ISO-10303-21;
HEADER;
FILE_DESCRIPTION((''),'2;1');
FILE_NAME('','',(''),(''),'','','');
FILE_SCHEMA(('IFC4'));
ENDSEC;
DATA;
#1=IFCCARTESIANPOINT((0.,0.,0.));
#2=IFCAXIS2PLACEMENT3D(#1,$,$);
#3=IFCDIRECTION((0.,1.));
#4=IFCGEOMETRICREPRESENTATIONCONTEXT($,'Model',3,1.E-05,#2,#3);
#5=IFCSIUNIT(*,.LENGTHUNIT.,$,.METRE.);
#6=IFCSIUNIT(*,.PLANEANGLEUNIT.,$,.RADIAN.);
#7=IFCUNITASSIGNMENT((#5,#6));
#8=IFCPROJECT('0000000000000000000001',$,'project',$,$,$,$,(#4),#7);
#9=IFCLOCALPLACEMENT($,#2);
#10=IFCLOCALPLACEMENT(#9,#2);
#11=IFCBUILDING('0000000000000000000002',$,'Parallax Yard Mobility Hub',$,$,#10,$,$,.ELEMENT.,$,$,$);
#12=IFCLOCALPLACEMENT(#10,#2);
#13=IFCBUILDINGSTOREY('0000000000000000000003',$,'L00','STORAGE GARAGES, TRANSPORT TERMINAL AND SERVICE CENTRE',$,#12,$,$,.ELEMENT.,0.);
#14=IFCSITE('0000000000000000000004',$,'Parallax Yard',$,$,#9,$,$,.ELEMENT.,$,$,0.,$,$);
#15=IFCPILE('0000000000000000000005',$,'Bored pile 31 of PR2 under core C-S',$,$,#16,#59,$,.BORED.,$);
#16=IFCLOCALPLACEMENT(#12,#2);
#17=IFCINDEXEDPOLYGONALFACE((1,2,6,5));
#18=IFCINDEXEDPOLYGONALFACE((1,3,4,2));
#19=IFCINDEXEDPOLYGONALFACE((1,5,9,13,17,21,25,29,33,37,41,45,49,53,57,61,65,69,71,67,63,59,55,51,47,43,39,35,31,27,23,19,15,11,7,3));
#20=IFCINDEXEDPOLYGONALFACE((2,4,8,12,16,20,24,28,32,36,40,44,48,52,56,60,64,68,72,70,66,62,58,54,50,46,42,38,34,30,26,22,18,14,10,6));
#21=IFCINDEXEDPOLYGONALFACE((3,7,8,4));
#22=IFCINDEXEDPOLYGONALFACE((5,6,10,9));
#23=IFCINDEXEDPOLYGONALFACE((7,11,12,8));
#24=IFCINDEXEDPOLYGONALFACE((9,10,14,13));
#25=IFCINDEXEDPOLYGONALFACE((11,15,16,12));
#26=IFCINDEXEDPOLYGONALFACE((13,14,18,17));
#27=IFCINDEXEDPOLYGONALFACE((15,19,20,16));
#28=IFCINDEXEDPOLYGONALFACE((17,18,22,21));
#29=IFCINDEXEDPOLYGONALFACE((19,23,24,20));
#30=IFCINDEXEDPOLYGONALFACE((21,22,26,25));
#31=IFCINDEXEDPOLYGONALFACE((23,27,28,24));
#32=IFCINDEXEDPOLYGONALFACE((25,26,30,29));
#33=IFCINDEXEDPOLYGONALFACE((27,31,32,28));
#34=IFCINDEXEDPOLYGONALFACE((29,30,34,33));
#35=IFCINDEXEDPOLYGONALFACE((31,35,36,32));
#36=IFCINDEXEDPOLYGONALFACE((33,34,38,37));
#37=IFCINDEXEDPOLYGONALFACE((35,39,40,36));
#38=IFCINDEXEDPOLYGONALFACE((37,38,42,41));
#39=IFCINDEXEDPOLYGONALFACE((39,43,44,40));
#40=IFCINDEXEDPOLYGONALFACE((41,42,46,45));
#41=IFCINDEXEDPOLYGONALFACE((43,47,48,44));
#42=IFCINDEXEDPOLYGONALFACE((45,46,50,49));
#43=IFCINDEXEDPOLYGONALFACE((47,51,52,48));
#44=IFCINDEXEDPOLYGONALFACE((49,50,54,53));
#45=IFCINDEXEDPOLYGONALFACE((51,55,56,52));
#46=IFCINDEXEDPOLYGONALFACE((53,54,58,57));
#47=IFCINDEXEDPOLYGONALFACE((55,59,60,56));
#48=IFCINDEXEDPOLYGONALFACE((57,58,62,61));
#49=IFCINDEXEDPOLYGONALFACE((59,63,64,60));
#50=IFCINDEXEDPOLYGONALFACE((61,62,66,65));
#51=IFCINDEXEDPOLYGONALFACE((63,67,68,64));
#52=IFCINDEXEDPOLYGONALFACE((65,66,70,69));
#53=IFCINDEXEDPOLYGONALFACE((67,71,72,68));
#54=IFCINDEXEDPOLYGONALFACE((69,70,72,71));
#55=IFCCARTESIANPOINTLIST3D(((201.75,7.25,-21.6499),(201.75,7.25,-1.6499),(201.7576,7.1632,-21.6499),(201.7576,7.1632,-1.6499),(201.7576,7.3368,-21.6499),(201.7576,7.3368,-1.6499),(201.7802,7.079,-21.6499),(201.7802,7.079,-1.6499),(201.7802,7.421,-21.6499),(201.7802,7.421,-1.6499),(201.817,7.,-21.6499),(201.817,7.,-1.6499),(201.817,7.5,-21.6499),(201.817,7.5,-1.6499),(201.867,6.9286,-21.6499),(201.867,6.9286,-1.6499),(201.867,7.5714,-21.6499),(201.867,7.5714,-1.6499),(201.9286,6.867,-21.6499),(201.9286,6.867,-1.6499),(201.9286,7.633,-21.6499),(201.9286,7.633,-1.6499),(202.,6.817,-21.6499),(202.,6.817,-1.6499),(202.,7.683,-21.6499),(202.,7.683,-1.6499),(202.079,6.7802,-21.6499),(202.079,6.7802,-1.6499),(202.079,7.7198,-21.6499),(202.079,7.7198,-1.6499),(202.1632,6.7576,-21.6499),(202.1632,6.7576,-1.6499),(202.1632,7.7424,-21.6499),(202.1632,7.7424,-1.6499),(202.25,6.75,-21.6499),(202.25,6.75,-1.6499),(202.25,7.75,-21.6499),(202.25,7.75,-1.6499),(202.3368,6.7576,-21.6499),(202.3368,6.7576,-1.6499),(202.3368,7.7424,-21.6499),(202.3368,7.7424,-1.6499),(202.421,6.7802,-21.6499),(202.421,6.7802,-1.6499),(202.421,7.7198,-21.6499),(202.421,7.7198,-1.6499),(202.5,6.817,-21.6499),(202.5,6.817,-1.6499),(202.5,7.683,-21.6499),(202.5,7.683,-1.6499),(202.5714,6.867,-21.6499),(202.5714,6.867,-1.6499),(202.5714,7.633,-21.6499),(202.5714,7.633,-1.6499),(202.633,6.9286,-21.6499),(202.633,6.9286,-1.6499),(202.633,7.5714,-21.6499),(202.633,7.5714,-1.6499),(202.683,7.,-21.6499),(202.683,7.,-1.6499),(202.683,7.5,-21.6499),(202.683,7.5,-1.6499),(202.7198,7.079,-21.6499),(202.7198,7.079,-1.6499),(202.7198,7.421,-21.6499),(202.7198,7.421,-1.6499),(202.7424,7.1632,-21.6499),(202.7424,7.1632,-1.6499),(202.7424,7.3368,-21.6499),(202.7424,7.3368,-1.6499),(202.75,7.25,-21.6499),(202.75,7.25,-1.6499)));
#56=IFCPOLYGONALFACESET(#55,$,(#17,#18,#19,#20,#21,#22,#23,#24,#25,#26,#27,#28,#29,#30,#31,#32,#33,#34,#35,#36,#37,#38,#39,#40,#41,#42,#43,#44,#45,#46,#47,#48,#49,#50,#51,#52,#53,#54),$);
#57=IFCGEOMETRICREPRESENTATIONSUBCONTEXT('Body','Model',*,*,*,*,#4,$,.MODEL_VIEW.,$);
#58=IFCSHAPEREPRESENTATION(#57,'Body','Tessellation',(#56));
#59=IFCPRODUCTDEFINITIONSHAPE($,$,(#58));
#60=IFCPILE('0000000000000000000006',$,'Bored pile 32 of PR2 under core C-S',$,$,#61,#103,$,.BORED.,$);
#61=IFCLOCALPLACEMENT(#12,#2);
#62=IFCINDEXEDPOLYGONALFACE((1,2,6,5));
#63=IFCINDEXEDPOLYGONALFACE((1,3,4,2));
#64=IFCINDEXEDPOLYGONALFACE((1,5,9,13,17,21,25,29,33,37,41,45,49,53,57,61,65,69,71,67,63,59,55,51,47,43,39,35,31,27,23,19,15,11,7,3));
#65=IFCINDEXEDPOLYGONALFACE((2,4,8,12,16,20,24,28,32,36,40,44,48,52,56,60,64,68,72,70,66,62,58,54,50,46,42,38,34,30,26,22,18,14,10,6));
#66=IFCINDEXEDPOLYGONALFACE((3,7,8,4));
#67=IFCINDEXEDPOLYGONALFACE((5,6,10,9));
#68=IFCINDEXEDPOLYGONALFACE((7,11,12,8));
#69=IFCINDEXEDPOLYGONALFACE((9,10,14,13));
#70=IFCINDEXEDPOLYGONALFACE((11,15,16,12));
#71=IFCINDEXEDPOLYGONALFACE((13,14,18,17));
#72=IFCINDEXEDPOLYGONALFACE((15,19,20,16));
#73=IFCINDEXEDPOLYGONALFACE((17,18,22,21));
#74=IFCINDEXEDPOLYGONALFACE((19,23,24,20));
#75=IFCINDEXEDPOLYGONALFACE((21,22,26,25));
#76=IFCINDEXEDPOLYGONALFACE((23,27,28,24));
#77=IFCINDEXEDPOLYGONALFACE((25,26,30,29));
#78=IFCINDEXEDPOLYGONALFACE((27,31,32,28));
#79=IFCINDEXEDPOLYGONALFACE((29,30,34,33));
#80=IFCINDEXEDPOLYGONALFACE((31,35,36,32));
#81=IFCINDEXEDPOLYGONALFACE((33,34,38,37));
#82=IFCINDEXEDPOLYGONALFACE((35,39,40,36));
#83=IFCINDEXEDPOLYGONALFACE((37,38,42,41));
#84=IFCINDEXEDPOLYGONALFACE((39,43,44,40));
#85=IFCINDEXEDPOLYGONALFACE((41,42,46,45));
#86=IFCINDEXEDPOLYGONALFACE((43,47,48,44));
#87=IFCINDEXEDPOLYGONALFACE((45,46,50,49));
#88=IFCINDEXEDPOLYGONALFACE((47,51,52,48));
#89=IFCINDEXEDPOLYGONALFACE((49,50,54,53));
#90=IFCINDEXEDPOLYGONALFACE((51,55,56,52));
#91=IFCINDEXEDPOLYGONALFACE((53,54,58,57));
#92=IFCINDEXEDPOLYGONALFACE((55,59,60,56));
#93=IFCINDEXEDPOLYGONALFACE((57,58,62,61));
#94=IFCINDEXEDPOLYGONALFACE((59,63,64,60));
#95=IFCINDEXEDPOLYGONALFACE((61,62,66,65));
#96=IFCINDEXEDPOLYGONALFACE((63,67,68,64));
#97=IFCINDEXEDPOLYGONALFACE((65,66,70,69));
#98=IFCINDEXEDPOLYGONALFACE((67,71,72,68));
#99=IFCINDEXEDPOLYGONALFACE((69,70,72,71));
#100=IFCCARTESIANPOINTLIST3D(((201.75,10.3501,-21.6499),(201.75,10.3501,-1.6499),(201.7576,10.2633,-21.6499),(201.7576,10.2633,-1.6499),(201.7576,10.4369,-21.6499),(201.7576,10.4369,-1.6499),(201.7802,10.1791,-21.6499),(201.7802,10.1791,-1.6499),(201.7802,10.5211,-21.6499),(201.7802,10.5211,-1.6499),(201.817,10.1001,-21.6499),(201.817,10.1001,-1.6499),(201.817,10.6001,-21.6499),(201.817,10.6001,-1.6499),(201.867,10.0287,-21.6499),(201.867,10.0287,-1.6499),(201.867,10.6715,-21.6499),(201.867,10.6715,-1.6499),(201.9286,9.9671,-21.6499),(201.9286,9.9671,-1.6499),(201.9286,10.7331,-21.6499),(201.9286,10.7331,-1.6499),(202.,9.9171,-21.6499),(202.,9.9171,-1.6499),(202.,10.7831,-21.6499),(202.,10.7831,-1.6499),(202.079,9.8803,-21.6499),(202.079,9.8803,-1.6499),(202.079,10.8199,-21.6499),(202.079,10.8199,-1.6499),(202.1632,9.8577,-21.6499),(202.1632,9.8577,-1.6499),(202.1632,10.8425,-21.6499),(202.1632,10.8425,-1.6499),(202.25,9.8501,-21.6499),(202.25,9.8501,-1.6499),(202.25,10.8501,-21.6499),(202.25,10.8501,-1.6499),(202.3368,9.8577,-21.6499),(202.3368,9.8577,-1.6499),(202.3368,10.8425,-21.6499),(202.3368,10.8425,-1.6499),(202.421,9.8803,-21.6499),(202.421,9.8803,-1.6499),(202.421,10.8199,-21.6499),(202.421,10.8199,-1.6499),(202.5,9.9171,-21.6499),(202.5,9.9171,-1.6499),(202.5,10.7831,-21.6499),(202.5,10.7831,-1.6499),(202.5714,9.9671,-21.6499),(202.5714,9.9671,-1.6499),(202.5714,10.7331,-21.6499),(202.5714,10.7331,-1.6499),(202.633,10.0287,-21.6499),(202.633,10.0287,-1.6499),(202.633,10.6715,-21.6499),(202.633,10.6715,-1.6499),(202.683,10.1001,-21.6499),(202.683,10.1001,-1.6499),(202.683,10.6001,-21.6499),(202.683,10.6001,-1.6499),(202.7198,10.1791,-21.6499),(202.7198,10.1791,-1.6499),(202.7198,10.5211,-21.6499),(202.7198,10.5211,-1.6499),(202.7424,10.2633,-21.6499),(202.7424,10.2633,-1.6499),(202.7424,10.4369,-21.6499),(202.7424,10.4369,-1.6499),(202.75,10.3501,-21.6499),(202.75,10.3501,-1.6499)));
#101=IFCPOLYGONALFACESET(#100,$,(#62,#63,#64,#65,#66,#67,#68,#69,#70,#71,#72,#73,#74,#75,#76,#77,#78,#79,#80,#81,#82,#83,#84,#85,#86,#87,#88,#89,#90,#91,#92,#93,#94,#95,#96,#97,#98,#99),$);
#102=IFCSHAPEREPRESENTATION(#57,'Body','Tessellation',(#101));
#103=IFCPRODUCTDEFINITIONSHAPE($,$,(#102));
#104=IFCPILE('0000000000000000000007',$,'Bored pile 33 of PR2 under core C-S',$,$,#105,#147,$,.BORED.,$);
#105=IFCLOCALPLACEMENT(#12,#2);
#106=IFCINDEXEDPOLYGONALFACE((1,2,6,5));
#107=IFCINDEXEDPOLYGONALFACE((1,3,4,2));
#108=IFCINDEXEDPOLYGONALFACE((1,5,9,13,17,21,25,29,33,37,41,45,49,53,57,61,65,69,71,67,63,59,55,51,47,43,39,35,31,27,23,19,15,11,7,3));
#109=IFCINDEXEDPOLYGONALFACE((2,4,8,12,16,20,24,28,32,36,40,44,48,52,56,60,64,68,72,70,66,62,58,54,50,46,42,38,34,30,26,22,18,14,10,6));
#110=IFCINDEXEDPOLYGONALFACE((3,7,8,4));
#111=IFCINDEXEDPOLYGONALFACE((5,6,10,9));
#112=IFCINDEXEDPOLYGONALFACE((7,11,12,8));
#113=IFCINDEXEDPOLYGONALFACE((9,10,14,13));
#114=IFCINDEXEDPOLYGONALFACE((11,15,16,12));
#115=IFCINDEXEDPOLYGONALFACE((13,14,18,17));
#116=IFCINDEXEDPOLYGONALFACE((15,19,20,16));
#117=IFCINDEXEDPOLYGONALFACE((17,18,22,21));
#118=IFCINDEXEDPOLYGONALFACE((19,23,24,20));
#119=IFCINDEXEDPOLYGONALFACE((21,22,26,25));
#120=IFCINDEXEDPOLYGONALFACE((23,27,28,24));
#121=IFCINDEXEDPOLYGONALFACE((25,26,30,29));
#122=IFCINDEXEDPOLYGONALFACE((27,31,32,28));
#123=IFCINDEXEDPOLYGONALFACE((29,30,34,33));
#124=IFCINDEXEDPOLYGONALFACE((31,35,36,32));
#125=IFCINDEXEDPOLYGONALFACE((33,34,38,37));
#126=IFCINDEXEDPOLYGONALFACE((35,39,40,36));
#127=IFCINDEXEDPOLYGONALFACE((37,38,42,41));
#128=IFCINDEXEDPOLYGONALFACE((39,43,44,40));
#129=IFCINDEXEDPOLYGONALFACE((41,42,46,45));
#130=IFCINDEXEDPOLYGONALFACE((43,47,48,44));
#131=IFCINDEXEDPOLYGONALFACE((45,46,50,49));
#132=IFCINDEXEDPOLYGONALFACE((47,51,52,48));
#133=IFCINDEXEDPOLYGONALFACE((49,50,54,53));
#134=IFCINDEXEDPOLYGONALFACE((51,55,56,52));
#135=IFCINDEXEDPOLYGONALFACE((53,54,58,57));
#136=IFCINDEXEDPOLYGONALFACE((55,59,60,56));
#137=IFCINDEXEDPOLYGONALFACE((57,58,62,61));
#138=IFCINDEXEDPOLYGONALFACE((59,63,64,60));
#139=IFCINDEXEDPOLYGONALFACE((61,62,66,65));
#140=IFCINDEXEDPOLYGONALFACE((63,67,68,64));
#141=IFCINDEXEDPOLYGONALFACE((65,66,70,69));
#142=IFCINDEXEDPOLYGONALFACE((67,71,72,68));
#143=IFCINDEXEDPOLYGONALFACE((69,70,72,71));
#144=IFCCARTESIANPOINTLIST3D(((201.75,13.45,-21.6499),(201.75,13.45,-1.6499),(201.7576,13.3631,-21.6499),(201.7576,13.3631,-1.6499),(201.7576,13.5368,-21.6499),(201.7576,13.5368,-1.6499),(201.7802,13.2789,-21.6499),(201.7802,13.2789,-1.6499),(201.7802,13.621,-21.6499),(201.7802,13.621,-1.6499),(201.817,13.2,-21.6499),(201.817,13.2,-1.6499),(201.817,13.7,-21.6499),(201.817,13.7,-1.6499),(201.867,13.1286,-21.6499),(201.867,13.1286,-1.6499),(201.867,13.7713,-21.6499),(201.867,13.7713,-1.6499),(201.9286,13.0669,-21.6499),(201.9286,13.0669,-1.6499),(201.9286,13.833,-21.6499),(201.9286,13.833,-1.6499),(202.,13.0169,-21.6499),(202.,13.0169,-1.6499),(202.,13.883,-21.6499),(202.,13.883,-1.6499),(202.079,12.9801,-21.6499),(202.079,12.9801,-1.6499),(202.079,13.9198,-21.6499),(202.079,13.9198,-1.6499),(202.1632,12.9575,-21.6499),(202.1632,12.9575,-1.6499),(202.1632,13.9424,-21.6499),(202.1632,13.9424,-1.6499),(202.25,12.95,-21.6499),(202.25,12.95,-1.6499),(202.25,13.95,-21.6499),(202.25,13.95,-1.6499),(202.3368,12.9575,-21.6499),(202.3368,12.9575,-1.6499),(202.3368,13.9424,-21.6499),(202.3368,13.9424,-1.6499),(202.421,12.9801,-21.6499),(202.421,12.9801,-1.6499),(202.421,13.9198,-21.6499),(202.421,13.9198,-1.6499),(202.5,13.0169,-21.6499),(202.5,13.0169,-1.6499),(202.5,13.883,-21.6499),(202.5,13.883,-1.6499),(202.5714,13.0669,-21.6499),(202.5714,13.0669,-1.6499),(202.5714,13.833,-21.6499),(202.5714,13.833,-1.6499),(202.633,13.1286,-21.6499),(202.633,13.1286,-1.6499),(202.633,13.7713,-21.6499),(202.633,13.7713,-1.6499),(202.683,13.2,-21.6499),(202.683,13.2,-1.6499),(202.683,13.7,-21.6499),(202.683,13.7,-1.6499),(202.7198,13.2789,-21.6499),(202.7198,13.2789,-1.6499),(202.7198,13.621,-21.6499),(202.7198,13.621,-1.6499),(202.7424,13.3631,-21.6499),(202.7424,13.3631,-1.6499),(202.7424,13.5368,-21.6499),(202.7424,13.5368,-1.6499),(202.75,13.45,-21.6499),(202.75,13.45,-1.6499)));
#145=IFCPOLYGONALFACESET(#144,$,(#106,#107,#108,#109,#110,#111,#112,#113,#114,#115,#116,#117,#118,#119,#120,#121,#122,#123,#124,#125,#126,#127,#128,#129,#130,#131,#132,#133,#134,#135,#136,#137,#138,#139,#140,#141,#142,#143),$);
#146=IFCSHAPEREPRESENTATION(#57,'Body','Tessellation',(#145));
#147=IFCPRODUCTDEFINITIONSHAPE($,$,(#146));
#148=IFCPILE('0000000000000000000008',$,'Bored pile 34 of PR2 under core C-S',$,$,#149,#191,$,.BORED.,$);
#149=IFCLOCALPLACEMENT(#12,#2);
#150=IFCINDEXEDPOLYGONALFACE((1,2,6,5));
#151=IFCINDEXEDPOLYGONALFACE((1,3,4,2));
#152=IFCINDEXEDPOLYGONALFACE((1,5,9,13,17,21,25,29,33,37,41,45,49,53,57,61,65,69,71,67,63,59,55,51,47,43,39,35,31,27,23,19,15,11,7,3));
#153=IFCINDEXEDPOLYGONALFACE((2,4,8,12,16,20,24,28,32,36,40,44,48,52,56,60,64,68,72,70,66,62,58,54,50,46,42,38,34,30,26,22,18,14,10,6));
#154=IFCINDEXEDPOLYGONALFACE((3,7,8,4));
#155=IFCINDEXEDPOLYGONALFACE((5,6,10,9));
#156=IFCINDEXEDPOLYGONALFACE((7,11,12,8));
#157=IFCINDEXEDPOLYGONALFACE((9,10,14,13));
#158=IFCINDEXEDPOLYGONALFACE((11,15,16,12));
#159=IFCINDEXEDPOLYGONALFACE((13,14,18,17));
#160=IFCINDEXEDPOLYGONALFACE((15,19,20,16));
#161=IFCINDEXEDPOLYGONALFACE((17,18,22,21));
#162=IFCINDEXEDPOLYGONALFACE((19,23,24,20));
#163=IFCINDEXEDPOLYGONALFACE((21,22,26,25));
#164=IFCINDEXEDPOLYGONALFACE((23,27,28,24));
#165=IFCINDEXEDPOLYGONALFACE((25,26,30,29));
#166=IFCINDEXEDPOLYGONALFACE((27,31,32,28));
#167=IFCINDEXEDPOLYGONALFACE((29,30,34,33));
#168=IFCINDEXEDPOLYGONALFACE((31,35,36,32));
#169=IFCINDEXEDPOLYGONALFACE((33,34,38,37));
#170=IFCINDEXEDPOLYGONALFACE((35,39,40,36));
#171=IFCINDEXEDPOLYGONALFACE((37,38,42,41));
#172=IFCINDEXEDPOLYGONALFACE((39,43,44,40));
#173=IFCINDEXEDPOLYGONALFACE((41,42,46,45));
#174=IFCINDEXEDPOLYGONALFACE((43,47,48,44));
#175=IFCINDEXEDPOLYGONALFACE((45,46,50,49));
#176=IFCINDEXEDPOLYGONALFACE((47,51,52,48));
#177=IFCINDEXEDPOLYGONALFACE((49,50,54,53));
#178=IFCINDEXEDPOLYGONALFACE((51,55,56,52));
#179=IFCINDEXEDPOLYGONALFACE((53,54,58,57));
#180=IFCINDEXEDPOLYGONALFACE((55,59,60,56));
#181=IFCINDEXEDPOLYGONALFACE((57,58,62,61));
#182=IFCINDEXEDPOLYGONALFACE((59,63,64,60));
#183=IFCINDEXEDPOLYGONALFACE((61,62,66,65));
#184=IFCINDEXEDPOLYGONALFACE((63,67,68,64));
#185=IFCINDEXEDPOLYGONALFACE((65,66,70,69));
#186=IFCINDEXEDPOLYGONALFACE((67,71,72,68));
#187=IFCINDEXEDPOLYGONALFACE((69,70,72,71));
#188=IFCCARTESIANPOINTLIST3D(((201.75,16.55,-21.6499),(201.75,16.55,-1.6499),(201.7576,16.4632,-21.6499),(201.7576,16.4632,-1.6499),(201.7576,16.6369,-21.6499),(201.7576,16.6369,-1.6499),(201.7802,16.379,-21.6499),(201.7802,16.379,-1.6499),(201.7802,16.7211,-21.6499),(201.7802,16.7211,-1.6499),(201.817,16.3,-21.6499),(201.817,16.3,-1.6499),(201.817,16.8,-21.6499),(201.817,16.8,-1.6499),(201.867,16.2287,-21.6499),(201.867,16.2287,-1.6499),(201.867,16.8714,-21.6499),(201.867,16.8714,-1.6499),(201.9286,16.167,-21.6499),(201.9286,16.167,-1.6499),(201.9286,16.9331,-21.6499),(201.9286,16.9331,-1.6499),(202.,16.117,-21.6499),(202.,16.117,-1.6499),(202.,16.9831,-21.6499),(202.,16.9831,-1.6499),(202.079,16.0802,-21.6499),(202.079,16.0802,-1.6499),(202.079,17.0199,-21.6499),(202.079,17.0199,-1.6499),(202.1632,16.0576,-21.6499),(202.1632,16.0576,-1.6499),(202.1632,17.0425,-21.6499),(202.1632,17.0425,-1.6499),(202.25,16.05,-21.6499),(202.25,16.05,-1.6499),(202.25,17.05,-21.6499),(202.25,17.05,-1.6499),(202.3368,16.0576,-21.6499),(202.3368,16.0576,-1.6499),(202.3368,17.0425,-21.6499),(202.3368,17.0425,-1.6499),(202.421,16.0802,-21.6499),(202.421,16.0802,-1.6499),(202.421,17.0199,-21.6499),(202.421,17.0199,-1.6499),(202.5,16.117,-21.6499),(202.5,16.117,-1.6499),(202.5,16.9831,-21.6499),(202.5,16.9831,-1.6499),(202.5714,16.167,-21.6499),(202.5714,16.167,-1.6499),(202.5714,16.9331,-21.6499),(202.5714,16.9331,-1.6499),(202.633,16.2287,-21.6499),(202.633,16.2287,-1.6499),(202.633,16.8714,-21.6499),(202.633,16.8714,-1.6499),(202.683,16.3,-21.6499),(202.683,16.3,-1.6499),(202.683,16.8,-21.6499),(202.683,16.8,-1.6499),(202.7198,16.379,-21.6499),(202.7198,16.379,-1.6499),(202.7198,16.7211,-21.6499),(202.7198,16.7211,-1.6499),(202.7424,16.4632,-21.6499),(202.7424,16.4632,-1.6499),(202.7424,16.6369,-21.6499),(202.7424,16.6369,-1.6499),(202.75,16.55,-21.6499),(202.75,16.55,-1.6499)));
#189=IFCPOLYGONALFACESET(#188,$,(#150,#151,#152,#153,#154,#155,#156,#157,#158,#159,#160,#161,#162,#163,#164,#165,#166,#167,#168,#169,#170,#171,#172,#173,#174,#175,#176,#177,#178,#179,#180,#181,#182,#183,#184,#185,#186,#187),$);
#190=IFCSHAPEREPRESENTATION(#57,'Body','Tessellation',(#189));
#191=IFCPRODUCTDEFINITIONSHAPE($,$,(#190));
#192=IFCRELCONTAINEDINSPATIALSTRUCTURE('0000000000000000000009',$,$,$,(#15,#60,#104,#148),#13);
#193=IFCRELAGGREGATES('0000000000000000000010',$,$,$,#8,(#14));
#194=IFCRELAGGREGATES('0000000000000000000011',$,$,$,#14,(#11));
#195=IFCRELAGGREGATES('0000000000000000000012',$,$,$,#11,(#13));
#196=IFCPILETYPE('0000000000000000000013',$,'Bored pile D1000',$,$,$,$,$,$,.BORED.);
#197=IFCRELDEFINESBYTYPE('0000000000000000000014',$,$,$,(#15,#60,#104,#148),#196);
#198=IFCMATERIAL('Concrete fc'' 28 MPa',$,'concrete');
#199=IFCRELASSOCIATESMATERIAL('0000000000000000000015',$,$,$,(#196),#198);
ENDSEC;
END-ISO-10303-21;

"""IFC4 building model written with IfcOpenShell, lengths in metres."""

from ifc_helpers import new_model, si_unit, direction, frame, origin, origin_2d, place, context, subcontext, project, spatial, circle, extrude, material, material_profile, profile_set, type_object, element, save


model = new_model("IFC4")

# Units and contexts
model_context = context("Model", 3, precision=1e-05, world=origin(), true_north=direction((0.0, 1.0)))
body_context = subcontext(model_context, "Body", "Model", "MODEL_VIEW")
ifc_project = project(units=[si_unit("LENGTHUNIT", "METRE"), si_unit("PLANEANGLEUNIT", "RADIAN")], contexts=[model_context])

# Site, building, storey
site_placement = place(None, origin())
site = spatial("IfcSite", under=ifc_project, at=site_placement, Name="Parallax Yard", CompositionType="ELEMENT", RefElevation=0.0)
building_placement = place(site_placement, origin())
building = spatial("IfcBuilding", under=site, at=building_placement, Name="Parallax Yard Mobility Hub", CompositionType="ELEMENT")
storey_placement = place(building_placement, origin())
storey = spatial("IfcBuildingStorey", under=building, at=storey_placement, Name="L00", Description="STORAGE GARAGES, TRANSPORT TERMINAL AND SERVICE CENTRE", CompositionType="ELEMENT", Elevation=0.0)

# Piles
ifc_material_1 = material(Name="Concrete fc' 28 MPa", Category="concrete")
ifc_material_profile_1 = material_profile(ifc_material_1, circle(Radius=0.5, at=origin_2d()), Name="Bored pile D1000")
ifc_profile_set_1 = profile_set([ifc_material_profile_1], Name="Concrete fc' 28 MPa")
pile_type = type_object("IfcPileType", Name="Bored pile D1000", PredefinedType="BORED", material=ifc_profile_set_1)
for number, where, z_axis, x_axis, name in (
    (1, (202.25, 7.25, -1.6499), (0.0, 0.0, -1.0), (1.0, 0.0, 0.0), "Bored pile 31 of PR2 under core C-S"),
    (2, (202.25, 10.3501, -1.6499), (0.0, 0.0, -1.0), (1.0, 0.0, 0.0), "Bored pile 32 of PR2 under core C-S"),
    (3, (202.25, 13.45, -1.6499), (0.0, 0.0, -1.0), (1.0, 0.0, 0.0), "Bored pile 33 of PR2 under core C-S"),
    (4, (202.25, 16.55, -1.6499), (0.0, 0.0, -1.0), (1.0, 0.0, 0.0), "Bored pile 34 of PR2 under core C-S"),
):
    element("IfcPile", number, at=place(storey_placement, frame(where, z_axis=z_axis, x_axis=x_axis)), inside=storey, type_object=pile_type, Name=name, PredefinedType="BORED", context=body_context, shape_type="SweptSolid", body=[
        extrude(circle(Radius=0.5, at=origin_2d()), origin(), (0.0, 0.0, 1.0), 20.0),
    ])

save(model, "model.ifc")
